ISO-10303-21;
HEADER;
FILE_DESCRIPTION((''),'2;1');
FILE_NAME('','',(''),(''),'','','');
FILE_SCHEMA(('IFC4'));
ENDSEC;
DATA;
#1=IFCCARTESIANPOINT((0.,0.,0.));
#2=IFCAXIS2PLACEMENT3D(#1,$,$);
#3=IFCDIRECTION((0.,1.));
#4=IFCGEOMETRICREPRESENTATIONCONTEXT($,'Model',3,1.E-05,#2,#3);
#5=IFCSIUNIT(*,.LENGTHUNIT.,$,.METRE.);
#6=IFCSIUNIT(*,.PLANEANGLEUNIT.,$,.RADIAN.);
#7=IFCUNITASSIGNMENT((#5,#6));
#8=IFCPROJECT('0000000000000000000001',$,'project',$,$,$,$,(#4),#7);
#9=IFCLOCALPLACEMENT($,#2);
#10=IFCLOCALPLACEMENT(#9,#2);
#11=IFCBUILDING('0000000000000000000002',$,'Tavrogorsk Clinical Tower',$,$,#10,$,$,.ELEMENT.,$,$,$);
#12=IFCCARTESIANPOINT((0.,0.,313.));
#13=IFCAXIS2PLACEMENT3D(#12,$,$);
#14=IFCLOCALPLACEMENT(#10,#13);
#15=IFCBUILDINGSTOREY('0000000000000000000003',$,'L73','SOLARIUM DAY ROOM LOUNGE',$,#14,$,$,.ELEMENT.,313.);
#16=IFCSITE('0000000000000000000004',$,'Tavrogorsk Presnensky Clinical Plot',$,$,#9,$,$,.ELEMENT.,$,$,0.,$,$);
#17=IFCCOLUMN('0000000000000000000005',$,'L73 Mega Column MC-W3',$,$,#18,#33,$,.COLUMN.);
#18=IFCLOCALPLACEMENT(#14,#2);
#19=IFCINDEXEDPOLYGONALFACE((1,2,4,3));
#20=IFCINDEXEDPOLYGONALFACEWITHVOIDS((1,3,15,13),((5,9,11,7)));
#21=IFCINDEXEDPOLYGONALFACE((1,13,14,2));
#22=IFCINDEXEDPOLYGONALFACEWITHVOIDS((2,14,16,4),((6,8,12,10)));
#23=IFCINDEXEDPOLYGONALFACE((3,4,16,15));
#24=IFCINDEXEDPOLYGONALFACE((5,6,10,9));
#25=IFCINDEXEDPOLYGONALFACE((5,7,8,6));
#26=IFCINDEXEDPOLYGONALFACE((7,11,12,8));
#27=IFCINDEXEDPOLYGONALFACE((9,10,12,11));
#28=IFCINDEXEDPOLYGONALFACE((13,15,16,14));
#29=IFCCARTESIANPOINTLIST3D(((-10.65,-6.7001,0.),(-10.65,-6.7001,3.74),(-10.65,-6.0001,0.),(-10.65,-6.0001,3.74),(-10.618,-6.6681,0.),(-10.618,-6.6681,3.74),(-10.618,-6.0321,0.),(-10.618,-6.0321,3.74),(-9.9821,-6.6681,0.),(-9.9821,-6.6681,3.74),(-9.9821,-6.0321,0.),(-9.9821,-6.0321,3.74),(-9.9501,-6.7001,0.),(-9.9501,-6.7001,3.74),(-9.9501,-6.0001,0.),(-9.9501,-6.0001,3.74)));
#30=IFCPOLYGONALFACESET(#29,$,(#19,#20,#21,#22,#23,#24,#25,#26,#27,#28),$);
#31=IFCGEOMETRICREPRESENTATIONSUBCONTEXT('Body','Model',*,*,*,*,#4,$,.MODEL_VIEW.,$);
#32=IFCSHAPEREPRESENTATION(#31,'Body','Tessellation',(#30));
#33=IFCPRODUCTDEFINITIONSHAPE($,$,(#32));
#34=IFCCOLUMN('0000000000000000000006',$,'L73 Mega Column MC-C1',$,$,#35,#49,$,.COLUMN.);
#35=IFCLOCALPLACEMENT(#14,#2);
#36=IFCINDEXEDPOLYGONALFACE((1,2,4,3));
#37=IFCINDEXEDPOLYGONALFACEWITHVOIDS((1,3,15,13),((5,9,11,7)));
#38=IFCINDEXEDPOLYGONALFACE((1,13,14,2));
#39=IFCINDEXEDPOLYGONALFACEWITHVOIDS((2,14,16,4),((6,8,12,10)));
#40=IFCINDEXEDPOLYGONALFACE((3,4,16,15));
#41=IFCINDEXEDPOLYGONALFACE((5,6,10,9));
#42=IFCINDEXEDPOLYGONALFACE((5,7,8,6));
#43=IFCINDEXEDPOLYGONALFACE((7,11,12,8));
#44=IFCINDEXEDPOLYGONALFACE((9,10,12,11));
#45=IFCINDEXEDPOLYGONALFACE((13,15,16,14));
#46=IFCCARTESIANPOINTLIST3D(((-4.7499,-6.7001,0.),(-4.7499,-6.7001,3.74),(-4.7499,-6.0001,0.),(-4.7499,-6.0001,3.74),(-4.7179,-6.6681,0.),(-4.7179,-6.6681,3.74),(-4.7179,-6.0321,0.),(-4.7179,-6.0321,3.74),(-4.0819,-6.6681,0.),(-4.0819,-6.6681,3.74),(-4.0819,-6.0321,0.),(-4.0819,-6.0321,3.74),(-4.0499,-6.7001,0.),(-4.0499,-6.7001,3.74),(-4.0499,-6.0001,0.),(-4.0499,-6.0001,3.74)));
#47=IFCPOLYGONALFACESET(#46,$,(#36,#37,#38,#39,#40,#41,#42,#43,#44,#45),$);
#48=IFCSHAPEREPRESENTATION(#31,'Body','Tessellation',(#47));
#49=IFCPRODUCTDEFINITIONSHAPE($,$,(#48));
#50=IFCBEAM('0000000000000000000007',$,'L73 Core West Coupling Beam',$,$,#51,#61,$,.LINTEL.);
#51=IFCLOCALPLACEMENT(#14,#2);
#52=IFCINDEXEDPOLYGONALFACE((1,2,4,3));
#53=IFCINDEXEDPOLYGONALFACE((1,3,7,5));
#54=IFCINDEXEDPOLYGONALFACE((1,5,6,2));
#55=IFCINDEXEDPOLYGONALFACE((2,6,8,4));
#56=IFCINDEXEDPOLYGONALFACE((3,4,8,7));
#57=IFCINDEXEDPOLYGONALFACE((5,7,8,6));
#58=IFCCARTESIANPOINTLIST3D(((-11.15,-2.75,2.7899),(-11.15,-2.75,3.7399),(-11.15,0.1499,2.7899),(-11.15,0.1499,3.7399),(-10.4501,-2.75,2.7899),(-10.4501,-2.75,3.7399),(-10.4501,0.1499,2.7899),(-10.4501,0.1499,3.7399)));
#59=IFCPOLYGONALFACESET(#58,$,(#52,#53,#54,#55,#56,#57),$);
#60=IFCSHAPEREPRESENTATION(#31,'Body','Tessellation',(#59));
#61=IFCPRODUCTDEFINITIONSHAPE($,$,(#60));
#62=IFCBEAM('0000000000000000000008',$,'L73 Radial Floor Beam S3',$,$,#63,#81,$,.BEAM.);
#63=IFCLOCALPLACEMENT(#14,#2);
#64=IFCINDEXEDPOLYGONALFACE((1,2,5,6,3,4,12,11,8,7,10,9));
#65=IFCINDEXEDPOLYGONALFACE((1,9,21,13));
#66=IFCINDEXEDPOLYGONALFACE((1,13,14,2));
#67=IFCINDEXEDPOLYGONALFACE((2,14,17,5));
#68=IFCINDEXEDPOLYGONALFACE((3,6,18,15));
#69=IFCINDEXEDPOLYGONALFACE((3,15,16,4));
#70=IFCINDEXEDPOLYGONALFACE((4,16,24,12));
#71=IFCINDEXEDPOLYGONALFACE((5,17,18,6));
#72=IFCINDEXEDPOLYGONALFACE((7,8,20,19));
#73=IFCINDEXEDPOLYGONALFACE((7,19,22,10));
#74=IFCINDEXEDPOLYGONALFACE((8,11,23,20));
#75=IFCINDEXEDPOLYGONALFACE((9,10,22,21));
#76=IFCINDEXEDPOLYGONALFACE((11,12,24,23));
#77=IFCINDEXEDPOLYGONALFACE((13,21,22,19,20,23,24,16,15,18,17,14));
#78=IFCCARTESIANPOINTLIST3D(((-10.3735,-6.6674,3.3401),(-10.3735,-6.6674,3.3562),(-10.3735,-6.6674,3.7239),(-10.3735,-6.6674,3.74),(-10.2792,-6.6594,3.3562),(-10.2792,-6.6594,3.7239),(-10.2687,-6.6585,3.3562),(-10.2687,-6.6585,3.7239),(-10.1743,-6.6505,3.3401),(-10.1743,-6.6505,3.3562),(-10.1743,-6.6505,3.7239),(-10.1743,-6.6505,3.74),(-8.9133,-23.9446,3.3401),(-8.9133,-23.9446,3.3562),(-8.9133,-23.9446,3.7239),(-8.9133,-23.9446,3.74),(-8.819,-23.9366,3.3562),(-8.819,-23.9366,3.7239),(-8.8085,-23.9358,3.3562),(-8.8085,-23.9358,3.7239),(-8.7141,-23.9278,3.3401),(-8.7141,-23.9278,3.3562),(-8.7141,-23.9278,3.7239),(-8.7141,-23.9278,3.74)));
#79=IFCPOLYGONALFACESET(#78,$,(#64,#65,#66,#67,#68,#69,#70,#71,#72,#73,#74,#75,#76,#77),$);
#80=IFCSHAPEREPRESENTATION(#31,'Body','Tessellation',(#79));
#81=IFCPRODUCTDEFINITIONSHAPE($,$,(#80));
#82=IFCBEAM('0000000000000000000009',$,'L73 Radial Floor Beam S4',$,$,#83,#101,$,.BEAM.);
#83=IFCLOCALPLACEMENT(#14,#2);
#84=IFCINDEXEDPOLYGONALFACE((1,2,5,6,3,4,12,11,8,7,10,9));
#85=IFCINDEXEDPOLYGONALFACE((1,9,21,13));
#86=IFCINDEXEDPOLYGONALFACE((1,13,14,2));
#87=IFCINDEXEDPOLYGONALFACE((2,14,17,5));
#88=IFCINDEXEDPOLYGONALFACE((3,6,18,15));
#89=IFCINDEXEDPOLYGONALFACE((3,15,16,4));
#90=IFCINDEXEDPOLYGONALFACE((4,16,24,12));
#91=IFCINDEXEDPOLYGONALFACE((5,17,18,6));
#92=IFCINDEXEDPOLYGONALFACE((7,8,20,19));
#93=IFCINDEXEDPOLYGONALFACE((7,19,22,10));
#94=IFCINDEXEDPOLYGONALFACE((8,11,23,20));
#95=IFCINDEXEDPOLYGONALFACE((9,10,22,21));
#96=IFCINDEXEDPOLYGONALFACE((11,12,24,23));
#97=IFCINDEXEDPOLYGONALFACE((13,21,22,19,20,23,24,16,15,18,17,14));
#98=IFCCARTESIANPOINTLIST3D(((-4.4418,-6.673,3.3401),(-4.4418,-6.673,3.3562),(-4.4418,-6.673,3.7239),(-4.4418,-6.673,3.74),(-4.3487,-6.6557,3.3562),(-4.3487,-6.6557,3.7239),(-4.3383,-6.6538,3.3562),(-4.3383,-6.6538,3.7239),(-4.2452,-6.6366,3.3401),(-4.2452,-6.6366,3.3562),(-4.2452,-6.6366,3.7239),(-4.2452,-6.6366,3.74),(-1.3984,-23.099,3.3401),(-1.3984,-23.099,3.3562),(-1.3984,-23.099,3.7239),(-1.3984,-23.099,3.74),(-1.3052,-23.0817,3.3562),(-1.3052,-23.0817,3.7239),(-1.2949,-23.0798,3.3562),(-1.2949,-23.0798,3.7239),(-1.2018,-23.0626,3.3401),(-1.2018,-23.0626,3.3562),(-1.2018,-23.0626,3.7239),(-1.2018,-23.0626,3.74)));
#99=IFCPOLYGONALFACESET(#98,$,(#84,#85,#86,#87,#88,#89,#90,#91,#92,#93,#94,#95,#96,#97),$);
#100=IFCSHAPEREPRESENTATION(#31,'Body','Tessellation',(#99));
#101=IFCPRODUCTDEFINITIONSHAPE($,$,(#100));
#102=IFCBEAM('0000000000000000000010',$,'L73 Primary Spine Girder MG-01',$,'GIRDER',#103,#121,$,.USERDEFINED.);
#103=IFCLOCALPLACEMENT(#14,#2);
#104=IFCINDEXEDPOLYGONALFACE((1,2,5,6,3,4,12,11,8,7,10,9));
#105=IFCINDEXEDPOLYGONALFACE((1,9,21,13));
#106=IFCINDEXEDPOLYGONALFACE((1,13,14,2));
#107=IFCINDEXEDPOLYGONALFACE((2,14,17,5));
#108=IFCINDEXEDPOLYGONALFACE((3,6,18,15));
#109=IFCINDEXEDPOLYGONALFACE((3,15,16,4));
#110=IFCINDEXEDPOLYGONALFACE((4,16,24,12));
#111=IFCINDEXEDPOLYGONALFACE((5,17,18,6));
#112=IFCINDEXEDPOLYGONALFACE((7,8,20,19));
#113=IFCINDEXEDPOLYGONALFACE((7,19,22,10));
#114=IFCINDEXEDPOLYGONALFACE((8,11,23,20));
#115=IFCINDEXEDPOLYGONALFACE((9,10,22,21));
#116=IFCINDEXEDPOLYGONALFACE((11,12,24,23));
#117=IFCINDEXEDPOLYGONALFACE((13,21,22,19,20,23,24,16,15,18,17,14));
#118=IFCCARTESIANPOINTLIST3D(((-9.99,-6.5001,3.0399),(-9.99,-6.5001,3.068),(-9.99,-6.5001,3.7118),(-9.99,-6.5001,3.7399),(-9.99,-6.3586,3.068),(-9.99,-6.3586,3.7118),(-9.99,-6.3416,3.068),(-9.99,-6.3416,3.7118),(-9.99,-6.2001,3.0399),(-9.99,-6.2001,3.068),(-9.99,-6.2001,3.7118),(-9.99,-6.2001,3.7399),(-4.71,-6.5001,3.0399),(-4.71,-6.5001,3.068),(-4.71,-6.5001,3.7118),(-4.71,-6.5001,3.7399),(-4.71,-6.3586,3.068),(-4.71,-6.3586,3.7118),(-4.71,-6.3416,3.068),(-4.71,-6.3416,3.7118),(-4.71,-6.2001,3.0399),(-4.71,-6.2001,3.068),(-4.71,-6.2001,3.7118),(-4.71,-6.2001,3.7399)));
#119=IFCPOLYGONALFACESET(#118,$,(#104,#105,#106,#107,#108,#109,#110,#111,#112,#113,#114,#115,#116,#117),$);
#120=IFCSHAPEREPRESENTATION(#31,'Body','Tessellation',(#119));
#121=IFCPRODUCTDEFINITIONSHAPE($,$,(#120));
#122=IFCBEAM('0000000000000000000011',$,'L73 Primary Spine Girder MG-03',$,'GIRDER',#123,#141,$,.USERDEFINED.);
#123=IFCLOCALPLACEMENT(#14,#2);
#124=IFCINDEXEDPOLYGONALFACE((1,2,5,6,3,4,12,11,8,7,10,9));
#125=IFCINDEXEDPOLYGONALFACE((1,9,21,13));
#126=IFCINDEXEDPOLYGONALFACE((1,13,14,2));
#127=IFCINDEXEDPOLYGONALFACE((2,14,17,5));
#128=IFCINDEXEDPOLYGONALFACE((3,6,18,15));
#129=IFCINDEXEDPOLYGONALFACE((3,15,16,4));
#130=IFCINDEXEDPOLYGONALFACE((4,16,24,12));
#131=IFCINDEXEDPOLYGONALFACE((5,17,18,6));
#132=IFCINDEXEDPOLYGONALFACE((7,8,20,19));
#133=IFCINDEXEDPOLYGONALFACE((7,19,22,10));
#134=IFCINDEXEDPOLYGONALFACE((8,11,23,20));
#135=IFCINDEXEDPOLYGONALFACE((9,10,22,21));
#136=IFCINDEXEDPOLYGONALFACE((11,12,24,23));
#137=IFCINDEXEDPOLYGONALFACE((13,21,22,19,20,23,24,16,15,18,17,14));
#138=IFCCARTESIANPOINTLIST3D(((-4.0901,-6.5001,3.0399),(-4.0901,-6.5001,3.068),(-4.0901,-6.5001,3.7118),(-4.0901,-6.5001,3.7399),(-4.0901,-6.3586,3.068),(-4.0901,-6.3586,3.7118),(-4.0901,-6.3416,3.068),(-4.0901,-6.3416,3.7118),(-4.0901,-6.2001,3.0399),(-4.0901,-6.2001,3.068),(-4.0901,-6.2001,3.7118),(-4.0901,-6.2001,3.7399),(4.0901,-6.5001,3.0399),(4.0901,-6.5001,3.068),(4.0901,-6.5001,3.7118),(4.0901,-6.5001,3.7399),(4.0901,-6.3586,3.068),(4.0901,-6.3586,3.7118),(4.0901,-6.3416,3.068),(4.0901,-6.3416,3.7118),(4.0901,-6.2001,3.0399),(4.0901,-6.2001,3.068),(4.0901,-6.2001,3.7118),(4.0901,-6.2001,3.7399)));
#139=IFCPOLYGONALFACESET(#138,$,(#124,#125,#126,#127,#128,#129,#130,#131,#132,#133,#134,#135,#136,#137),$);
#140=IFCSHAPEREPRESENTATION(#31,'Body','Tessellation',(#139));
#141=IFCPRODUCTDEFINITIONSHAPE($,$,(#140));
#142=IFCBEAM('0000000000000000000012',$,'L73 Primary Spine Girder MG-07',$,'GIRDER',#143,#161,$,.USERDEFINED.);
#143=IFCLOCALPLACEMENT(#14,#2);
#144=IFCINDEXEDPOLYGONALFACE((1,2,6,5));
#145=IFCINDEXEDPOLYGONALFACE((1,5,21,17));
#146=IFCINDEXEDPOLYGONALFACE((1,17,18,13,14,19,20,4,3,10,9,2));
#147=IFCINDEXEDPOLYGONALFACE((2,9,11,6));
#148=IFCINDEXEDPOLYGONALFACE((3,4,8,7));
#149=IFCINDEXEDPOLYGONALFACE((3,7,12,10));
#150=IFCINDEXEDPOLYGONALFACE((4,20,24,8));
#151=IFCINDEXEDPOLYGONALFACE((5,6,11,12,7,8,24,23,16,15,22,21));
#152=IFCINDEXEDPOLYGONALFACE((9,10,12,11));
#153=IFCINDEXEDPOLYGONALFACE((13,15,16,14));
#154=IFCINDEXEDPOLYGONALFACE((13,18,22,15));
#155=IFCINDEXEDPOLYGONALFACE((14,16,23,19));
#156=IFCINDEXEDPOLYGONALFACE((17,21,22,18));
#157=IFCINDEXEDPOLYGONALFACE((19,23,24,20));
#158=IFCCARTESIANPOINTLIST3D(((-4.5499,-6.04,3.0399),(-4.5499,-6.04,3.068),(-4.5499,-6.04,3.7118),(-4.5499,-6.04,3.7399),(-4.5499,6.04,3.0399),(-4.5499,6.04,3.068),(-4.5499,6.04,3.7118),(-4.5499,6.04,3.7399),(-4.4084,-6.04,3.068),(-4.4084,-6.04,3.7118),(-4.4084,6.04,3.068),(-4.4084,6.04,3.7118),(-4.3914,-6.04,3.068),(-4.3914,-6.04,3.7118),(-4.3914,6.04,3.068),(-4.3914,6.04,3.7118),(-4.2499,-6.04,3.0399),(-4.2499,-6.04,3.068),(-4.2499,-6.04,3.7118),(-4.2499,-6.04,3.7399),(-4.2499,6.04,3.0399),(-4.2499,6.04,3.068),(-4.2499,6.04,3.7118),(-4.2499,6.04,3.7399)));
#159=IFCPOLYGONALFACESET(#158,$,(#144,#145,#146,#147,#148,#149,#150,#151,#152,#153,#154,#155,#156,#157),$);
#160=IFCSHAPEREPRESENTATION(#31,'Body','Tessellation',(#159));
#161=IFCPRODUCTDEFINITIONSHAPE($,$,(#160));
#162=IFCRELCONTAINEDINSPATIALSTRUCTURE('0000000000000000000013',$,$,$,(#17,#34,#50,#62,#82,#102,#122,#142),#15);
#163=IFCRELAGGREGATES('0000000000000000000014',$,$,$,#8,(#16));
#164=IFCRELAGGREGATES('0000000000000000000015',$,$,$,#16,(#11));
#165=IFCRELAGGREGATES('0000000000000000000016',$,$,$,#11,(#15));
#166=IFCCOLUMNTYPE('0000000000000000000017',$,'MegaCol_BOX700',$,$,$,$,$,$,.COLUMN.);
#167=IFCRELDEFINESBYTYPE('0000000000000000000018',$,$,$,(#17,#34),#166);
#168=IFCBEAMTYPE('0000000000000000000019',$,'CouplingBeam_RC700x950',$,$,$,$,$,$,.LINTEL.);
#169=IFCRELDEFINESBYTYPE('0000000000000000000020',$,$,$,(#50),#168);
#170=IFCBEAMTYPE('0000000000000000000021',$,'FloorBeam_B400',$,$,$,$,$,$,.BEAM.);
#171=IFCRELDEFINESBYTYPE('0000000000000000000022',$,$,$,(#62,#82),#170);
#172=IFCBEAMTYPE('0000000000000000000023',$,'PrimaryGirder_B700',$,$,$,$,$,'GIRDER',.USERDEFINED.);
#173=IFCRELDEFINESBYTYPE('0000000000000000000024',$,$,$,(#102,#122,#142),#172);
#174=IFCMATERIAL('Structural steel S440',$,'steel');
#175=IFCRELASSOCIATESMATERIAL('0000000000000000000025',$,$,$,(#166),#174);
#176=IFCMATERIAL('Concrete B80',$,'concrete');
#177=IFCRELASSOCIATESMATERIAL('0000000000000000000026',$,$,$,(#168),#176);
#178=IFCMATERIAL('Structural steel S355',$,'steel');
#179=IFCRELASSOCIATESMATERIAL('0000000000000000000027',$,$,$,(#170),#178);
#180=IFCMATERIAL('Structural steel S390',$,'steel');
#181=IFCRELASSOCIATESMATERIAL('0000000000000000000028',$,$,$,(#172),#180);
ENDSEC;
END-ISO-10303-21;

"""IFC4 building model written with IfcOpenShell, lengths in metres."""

from ifc_helpers import new_model, si_unit, direction, frame, origin, origin_2d, place, context, subcontext, project, spatial, rectangle, hollow_rectangle, i_section, extrude, material, material_profile, profile_set, type_object, element, save


model = new_model("IFC4")

# Units and contexts
model_context = context("Model", 3, precision=1e-05, world=origin(), true_north=direction((0.0, 1.0)))
body_context = subcontext(model_context, "Body", "Model", "MODEL_VIEW")
ifc_project = project(units=[si_unit("LENGTHUNIT", "METRE"), si_unit("PLANEANGLEUNIT", "RADIAN")], contexts=[model_context])

# Site, building, storey
site_placement = place(None, origin())
site = spatial("IfcSite", under=ifc_project, at=site_placement, Name="Tavrogorsk Presnensky Clinical Plot", CompositionType="ELEMENT", RefElevation=0.0)
building_placement = place(site_placement, origin())
building = spatial("IfcBuilding", under=site, at=building_placement, Name="Tavrogorsk Clinical Tower", CompositionType="ELEMENT")
storey_placement = place(building_placement, frame((0.0, 0.0, 313.0)))
storey = spatial("IfcBuildingStorey", under=building, at=storey_placement, Name="L73", Description="SOLARIUM DAY ROOM LOUNGE", CompositionType="ELEMENT", Elevation=313.0)

# Columns
ifc_material_1 = material(Name="Structural steel S440", Category="steel")
ifc_material_profile_1 = material_profile(ifc_material_1, hollow_rectangle(XDim=0.7, YDim=0.7, WallThickness=0.032, at=origin_2d()), Name="BOX-700x700x32")
ifc_profile_set_1 = profile_set([ifc_material_profile_1], Name="Structural steel S440")
column_type = type_object("IfcColumnType", Name="MegaCol_BOX700", PredefinedType="COLUMN", material=ifc_profile_set_1)
for number, where, z_axis, x_axis, name in (
    (1, (-10.3, -6.3501, 0.0), (0.0, 0.0, 1.0), (1.0, 0.0, 0.0), "L73 Mega Column MC-W3"),
    (2, (-4.3999, -6.3501, 0.0), (0.0, 0.0, 1.0), (1.0, 0.0, 0.0), "L73 Mega Column MC-C1"),
):
    element("IfcColumn", number, at=place(storey_placement, frame(where, z_axis=z_axis, x_axis=x_axis)), inside=storey, type_object=column_type, Name=name, PredefinedType="COLUMN", context=body_context, shape_type="SweptSolid", body=[
        extrude(hollow_rectangle(XDim=0.7, YDim=0.7, WallThickness=0.032, at=origin_2d()), origin(), (0.0, 0.0, 1.0), 3.74),
    ])

# Beams
ifc_material_2 = material(Name="Concrete B80", Category="concrete")
ifc_material_profile_2 = material_profile(ifc_material_2, rectangle(XDim=0.7, YDim=0.95, at=origin_2d()), Name="RC-CB-700x950")
ifc_profile_set_2 = profile_set([ifc_material_profile_2], Name="Concrete B80")
beam_type_1 = type_object("IfcBeamType", Name="CouplingBeam_RC700x950", PredefinedType="LINTEL", material=ifc_profile_set_2)
beam_1_placement = place(storey_placement, frame((-10.8, -2.75, 3.2649), z_axis=(0.0, 1.0, 0.0), x_axis=(-1.0, 0.0, 0.0)))
element("IfcBeam", 3, at=beam_1_placement, inside=storey, type_object=beam_type_1, Name="L73 Core West Coupling Beam", PredefinedType="LINTEL", context=body_context, shape_type="SweptSolid", body=[
    extrude(rectangle(XDim=0.7, YDim=0.95, at=origin_2d()), origin(), (0.0, 0.0, 1.0), 2.8999),
])
ifc_material_3 = material(Name="Structural steel S355", Category="steel")
ifc_material_profile_3 = material_profile(ifc_material_3, i_section(OverallWidth=0.2, OverallDepth=0.3999, WebThickness=0.0105, FlangeThickness=0.0161, at=origin_2d()), Name="B-400x200x10.5x16")
ifc_profile_set_3 = profile_set([ifc_material_profile_3], Name="Structural steel S355")
beam_type_2 = type_object("IfcBeamType", Name="FloorBeam_B400", PredefinedType="BEAM", material=ifc_profile_set_3)
beam_2_placement = place(storey_placement, frame((-10.2739, -6.6589, 3.54), z_axis=(0.084215, -0.996448, 0.0), x_axis=(0.996448, 0.084215, 0.0)))
element("IfcBeam", 4, at=beam_2_placement, inside=storey, type_object=beam_type_2, Name="L73 Radial Floor Beam S3", PredefinedType="BEAM", context=body_context, shape_type="SweptSolid", body=[
    extrude(i_section(OverallWidth=0.2, OverallDepth=0.3999, WebThickness=0.0105, FlangeThickness=0.0161, at=origin_2d()), origin(), (0.0, 0.0, 1.0), 17.3389),
])
beam_3_placement = place(storey_placement, frame((-4.3435, -6.6548, 3.54), z_axis=(0.182182, -0.983265, 0.0), x_axis=(0.983265, 0.182182, 0.0)))
element("IfcBeam", 5, at=beam_3_placement, inside=storey, type_object=beam_type_2, Name="L73 Radial Floor Beam S4", PredefinedType="BEAM", context=body_context, shape_type="SweptSolid", body=[
    extrude(i_section(OverallWidth=0.2, OverallDepth=0.3999, WebThickness=0.0105, FlangeThickness=0.0161, at=origin_2d()), origin(), (0.0, 0.0, 1.0), 16.7056),
])
ifc_material_4 = material(Name="Structural steel S390", Category="steel")
ifc_material_profile_4 = material_profile(ifc_material_4, i_section(OverallWidth=0.3, OverallDepth=0.7, WebThickness=0.0171, FlangeThickness=0.0281, at=origin_2d()), Name="B-700x300x17x28")
ifc_profile_set_4 = profile_set([ifc_material_profile_4], Name="Structural steel S390")
beam_type_3 = type_object("IfcBeamType", Name="PrimaryGirder_B700", ElementType="GIRDER", PredefinedType="USERDEFINED", material=ifc_profile_set_4)
beam_4_placement = place(storey_placement, frame((-9.99, -6.3501, 3.3899), z_axis=(1.0, 0.0, 0.0), x_axis=(0.0, 1.0, 0.0)))
element("IfcBeam", 6, at=beam_4_placement, inside=storey, type_object=beam_type_3, Name="L73 Primary Spine Girder MG-01", ObjectType="GIRDER", PredefinedType="USERDEFINED", context=body_context, shape_type="SweptSolid", body=[
    extrude(i_section(OverallWidth=0.3, OverallDepth=0.7, WebThickness=0.0171, FlangeThickness=0.0281, at=origin_2d()), origin(), (0.0, 0.0, 1.0), 5.28),
])
beam_5_placement = place(storey_placement, frame((-4.0901, -6.3501, 3.3899), z_axis=(1.0, 0.0, 0.0), x_axis=(0.0, 1.0, 0.0)))
element("IfcBeam", 7, at=beam_5_placement, inside=storey, type_object=beam_type_3, Name="L73 Primary Spine Girder MG-03", ObjectType="GIRDER", PredefinedType="USERDEFINED", context=body_context, shape_type="SweptSolid", body=[
    extrude(i_section(OverallWidth=0.3, OverallDepth=0.7, WebThickness=0.0171, FlangeThickness=0.0281, at=origin_2d()), origin(), (0.0, 0.0, 1.0), 8.1802),
])
beam_6_placement = place(storey_placement, frame((-4.3999, -6.04, 3.3899), z_axis=(0.0, 1.0, 0.0), x_axis=(-1.0, 0.0, 0.0)))
element("IfcBeam", 8, at=beam_6_placement, inside=storey, type_object=beam_type_3, Name="L73 Primary Spine Girder MG-07", ObjectType="GIRDER", PredefinedType="USERDEFINED", context=body_context, shape_type="SweptSolid", body=[
    extrude(i_section(OverallWidth=0.3, OverallDepth=0.7, WebThickness=0.0171, FlangeThickness=0.0281, at=origin_2d()), origin(), (0.0, 0.0, 1.0), 12.0801),
])

save(model, "model.ifc")
